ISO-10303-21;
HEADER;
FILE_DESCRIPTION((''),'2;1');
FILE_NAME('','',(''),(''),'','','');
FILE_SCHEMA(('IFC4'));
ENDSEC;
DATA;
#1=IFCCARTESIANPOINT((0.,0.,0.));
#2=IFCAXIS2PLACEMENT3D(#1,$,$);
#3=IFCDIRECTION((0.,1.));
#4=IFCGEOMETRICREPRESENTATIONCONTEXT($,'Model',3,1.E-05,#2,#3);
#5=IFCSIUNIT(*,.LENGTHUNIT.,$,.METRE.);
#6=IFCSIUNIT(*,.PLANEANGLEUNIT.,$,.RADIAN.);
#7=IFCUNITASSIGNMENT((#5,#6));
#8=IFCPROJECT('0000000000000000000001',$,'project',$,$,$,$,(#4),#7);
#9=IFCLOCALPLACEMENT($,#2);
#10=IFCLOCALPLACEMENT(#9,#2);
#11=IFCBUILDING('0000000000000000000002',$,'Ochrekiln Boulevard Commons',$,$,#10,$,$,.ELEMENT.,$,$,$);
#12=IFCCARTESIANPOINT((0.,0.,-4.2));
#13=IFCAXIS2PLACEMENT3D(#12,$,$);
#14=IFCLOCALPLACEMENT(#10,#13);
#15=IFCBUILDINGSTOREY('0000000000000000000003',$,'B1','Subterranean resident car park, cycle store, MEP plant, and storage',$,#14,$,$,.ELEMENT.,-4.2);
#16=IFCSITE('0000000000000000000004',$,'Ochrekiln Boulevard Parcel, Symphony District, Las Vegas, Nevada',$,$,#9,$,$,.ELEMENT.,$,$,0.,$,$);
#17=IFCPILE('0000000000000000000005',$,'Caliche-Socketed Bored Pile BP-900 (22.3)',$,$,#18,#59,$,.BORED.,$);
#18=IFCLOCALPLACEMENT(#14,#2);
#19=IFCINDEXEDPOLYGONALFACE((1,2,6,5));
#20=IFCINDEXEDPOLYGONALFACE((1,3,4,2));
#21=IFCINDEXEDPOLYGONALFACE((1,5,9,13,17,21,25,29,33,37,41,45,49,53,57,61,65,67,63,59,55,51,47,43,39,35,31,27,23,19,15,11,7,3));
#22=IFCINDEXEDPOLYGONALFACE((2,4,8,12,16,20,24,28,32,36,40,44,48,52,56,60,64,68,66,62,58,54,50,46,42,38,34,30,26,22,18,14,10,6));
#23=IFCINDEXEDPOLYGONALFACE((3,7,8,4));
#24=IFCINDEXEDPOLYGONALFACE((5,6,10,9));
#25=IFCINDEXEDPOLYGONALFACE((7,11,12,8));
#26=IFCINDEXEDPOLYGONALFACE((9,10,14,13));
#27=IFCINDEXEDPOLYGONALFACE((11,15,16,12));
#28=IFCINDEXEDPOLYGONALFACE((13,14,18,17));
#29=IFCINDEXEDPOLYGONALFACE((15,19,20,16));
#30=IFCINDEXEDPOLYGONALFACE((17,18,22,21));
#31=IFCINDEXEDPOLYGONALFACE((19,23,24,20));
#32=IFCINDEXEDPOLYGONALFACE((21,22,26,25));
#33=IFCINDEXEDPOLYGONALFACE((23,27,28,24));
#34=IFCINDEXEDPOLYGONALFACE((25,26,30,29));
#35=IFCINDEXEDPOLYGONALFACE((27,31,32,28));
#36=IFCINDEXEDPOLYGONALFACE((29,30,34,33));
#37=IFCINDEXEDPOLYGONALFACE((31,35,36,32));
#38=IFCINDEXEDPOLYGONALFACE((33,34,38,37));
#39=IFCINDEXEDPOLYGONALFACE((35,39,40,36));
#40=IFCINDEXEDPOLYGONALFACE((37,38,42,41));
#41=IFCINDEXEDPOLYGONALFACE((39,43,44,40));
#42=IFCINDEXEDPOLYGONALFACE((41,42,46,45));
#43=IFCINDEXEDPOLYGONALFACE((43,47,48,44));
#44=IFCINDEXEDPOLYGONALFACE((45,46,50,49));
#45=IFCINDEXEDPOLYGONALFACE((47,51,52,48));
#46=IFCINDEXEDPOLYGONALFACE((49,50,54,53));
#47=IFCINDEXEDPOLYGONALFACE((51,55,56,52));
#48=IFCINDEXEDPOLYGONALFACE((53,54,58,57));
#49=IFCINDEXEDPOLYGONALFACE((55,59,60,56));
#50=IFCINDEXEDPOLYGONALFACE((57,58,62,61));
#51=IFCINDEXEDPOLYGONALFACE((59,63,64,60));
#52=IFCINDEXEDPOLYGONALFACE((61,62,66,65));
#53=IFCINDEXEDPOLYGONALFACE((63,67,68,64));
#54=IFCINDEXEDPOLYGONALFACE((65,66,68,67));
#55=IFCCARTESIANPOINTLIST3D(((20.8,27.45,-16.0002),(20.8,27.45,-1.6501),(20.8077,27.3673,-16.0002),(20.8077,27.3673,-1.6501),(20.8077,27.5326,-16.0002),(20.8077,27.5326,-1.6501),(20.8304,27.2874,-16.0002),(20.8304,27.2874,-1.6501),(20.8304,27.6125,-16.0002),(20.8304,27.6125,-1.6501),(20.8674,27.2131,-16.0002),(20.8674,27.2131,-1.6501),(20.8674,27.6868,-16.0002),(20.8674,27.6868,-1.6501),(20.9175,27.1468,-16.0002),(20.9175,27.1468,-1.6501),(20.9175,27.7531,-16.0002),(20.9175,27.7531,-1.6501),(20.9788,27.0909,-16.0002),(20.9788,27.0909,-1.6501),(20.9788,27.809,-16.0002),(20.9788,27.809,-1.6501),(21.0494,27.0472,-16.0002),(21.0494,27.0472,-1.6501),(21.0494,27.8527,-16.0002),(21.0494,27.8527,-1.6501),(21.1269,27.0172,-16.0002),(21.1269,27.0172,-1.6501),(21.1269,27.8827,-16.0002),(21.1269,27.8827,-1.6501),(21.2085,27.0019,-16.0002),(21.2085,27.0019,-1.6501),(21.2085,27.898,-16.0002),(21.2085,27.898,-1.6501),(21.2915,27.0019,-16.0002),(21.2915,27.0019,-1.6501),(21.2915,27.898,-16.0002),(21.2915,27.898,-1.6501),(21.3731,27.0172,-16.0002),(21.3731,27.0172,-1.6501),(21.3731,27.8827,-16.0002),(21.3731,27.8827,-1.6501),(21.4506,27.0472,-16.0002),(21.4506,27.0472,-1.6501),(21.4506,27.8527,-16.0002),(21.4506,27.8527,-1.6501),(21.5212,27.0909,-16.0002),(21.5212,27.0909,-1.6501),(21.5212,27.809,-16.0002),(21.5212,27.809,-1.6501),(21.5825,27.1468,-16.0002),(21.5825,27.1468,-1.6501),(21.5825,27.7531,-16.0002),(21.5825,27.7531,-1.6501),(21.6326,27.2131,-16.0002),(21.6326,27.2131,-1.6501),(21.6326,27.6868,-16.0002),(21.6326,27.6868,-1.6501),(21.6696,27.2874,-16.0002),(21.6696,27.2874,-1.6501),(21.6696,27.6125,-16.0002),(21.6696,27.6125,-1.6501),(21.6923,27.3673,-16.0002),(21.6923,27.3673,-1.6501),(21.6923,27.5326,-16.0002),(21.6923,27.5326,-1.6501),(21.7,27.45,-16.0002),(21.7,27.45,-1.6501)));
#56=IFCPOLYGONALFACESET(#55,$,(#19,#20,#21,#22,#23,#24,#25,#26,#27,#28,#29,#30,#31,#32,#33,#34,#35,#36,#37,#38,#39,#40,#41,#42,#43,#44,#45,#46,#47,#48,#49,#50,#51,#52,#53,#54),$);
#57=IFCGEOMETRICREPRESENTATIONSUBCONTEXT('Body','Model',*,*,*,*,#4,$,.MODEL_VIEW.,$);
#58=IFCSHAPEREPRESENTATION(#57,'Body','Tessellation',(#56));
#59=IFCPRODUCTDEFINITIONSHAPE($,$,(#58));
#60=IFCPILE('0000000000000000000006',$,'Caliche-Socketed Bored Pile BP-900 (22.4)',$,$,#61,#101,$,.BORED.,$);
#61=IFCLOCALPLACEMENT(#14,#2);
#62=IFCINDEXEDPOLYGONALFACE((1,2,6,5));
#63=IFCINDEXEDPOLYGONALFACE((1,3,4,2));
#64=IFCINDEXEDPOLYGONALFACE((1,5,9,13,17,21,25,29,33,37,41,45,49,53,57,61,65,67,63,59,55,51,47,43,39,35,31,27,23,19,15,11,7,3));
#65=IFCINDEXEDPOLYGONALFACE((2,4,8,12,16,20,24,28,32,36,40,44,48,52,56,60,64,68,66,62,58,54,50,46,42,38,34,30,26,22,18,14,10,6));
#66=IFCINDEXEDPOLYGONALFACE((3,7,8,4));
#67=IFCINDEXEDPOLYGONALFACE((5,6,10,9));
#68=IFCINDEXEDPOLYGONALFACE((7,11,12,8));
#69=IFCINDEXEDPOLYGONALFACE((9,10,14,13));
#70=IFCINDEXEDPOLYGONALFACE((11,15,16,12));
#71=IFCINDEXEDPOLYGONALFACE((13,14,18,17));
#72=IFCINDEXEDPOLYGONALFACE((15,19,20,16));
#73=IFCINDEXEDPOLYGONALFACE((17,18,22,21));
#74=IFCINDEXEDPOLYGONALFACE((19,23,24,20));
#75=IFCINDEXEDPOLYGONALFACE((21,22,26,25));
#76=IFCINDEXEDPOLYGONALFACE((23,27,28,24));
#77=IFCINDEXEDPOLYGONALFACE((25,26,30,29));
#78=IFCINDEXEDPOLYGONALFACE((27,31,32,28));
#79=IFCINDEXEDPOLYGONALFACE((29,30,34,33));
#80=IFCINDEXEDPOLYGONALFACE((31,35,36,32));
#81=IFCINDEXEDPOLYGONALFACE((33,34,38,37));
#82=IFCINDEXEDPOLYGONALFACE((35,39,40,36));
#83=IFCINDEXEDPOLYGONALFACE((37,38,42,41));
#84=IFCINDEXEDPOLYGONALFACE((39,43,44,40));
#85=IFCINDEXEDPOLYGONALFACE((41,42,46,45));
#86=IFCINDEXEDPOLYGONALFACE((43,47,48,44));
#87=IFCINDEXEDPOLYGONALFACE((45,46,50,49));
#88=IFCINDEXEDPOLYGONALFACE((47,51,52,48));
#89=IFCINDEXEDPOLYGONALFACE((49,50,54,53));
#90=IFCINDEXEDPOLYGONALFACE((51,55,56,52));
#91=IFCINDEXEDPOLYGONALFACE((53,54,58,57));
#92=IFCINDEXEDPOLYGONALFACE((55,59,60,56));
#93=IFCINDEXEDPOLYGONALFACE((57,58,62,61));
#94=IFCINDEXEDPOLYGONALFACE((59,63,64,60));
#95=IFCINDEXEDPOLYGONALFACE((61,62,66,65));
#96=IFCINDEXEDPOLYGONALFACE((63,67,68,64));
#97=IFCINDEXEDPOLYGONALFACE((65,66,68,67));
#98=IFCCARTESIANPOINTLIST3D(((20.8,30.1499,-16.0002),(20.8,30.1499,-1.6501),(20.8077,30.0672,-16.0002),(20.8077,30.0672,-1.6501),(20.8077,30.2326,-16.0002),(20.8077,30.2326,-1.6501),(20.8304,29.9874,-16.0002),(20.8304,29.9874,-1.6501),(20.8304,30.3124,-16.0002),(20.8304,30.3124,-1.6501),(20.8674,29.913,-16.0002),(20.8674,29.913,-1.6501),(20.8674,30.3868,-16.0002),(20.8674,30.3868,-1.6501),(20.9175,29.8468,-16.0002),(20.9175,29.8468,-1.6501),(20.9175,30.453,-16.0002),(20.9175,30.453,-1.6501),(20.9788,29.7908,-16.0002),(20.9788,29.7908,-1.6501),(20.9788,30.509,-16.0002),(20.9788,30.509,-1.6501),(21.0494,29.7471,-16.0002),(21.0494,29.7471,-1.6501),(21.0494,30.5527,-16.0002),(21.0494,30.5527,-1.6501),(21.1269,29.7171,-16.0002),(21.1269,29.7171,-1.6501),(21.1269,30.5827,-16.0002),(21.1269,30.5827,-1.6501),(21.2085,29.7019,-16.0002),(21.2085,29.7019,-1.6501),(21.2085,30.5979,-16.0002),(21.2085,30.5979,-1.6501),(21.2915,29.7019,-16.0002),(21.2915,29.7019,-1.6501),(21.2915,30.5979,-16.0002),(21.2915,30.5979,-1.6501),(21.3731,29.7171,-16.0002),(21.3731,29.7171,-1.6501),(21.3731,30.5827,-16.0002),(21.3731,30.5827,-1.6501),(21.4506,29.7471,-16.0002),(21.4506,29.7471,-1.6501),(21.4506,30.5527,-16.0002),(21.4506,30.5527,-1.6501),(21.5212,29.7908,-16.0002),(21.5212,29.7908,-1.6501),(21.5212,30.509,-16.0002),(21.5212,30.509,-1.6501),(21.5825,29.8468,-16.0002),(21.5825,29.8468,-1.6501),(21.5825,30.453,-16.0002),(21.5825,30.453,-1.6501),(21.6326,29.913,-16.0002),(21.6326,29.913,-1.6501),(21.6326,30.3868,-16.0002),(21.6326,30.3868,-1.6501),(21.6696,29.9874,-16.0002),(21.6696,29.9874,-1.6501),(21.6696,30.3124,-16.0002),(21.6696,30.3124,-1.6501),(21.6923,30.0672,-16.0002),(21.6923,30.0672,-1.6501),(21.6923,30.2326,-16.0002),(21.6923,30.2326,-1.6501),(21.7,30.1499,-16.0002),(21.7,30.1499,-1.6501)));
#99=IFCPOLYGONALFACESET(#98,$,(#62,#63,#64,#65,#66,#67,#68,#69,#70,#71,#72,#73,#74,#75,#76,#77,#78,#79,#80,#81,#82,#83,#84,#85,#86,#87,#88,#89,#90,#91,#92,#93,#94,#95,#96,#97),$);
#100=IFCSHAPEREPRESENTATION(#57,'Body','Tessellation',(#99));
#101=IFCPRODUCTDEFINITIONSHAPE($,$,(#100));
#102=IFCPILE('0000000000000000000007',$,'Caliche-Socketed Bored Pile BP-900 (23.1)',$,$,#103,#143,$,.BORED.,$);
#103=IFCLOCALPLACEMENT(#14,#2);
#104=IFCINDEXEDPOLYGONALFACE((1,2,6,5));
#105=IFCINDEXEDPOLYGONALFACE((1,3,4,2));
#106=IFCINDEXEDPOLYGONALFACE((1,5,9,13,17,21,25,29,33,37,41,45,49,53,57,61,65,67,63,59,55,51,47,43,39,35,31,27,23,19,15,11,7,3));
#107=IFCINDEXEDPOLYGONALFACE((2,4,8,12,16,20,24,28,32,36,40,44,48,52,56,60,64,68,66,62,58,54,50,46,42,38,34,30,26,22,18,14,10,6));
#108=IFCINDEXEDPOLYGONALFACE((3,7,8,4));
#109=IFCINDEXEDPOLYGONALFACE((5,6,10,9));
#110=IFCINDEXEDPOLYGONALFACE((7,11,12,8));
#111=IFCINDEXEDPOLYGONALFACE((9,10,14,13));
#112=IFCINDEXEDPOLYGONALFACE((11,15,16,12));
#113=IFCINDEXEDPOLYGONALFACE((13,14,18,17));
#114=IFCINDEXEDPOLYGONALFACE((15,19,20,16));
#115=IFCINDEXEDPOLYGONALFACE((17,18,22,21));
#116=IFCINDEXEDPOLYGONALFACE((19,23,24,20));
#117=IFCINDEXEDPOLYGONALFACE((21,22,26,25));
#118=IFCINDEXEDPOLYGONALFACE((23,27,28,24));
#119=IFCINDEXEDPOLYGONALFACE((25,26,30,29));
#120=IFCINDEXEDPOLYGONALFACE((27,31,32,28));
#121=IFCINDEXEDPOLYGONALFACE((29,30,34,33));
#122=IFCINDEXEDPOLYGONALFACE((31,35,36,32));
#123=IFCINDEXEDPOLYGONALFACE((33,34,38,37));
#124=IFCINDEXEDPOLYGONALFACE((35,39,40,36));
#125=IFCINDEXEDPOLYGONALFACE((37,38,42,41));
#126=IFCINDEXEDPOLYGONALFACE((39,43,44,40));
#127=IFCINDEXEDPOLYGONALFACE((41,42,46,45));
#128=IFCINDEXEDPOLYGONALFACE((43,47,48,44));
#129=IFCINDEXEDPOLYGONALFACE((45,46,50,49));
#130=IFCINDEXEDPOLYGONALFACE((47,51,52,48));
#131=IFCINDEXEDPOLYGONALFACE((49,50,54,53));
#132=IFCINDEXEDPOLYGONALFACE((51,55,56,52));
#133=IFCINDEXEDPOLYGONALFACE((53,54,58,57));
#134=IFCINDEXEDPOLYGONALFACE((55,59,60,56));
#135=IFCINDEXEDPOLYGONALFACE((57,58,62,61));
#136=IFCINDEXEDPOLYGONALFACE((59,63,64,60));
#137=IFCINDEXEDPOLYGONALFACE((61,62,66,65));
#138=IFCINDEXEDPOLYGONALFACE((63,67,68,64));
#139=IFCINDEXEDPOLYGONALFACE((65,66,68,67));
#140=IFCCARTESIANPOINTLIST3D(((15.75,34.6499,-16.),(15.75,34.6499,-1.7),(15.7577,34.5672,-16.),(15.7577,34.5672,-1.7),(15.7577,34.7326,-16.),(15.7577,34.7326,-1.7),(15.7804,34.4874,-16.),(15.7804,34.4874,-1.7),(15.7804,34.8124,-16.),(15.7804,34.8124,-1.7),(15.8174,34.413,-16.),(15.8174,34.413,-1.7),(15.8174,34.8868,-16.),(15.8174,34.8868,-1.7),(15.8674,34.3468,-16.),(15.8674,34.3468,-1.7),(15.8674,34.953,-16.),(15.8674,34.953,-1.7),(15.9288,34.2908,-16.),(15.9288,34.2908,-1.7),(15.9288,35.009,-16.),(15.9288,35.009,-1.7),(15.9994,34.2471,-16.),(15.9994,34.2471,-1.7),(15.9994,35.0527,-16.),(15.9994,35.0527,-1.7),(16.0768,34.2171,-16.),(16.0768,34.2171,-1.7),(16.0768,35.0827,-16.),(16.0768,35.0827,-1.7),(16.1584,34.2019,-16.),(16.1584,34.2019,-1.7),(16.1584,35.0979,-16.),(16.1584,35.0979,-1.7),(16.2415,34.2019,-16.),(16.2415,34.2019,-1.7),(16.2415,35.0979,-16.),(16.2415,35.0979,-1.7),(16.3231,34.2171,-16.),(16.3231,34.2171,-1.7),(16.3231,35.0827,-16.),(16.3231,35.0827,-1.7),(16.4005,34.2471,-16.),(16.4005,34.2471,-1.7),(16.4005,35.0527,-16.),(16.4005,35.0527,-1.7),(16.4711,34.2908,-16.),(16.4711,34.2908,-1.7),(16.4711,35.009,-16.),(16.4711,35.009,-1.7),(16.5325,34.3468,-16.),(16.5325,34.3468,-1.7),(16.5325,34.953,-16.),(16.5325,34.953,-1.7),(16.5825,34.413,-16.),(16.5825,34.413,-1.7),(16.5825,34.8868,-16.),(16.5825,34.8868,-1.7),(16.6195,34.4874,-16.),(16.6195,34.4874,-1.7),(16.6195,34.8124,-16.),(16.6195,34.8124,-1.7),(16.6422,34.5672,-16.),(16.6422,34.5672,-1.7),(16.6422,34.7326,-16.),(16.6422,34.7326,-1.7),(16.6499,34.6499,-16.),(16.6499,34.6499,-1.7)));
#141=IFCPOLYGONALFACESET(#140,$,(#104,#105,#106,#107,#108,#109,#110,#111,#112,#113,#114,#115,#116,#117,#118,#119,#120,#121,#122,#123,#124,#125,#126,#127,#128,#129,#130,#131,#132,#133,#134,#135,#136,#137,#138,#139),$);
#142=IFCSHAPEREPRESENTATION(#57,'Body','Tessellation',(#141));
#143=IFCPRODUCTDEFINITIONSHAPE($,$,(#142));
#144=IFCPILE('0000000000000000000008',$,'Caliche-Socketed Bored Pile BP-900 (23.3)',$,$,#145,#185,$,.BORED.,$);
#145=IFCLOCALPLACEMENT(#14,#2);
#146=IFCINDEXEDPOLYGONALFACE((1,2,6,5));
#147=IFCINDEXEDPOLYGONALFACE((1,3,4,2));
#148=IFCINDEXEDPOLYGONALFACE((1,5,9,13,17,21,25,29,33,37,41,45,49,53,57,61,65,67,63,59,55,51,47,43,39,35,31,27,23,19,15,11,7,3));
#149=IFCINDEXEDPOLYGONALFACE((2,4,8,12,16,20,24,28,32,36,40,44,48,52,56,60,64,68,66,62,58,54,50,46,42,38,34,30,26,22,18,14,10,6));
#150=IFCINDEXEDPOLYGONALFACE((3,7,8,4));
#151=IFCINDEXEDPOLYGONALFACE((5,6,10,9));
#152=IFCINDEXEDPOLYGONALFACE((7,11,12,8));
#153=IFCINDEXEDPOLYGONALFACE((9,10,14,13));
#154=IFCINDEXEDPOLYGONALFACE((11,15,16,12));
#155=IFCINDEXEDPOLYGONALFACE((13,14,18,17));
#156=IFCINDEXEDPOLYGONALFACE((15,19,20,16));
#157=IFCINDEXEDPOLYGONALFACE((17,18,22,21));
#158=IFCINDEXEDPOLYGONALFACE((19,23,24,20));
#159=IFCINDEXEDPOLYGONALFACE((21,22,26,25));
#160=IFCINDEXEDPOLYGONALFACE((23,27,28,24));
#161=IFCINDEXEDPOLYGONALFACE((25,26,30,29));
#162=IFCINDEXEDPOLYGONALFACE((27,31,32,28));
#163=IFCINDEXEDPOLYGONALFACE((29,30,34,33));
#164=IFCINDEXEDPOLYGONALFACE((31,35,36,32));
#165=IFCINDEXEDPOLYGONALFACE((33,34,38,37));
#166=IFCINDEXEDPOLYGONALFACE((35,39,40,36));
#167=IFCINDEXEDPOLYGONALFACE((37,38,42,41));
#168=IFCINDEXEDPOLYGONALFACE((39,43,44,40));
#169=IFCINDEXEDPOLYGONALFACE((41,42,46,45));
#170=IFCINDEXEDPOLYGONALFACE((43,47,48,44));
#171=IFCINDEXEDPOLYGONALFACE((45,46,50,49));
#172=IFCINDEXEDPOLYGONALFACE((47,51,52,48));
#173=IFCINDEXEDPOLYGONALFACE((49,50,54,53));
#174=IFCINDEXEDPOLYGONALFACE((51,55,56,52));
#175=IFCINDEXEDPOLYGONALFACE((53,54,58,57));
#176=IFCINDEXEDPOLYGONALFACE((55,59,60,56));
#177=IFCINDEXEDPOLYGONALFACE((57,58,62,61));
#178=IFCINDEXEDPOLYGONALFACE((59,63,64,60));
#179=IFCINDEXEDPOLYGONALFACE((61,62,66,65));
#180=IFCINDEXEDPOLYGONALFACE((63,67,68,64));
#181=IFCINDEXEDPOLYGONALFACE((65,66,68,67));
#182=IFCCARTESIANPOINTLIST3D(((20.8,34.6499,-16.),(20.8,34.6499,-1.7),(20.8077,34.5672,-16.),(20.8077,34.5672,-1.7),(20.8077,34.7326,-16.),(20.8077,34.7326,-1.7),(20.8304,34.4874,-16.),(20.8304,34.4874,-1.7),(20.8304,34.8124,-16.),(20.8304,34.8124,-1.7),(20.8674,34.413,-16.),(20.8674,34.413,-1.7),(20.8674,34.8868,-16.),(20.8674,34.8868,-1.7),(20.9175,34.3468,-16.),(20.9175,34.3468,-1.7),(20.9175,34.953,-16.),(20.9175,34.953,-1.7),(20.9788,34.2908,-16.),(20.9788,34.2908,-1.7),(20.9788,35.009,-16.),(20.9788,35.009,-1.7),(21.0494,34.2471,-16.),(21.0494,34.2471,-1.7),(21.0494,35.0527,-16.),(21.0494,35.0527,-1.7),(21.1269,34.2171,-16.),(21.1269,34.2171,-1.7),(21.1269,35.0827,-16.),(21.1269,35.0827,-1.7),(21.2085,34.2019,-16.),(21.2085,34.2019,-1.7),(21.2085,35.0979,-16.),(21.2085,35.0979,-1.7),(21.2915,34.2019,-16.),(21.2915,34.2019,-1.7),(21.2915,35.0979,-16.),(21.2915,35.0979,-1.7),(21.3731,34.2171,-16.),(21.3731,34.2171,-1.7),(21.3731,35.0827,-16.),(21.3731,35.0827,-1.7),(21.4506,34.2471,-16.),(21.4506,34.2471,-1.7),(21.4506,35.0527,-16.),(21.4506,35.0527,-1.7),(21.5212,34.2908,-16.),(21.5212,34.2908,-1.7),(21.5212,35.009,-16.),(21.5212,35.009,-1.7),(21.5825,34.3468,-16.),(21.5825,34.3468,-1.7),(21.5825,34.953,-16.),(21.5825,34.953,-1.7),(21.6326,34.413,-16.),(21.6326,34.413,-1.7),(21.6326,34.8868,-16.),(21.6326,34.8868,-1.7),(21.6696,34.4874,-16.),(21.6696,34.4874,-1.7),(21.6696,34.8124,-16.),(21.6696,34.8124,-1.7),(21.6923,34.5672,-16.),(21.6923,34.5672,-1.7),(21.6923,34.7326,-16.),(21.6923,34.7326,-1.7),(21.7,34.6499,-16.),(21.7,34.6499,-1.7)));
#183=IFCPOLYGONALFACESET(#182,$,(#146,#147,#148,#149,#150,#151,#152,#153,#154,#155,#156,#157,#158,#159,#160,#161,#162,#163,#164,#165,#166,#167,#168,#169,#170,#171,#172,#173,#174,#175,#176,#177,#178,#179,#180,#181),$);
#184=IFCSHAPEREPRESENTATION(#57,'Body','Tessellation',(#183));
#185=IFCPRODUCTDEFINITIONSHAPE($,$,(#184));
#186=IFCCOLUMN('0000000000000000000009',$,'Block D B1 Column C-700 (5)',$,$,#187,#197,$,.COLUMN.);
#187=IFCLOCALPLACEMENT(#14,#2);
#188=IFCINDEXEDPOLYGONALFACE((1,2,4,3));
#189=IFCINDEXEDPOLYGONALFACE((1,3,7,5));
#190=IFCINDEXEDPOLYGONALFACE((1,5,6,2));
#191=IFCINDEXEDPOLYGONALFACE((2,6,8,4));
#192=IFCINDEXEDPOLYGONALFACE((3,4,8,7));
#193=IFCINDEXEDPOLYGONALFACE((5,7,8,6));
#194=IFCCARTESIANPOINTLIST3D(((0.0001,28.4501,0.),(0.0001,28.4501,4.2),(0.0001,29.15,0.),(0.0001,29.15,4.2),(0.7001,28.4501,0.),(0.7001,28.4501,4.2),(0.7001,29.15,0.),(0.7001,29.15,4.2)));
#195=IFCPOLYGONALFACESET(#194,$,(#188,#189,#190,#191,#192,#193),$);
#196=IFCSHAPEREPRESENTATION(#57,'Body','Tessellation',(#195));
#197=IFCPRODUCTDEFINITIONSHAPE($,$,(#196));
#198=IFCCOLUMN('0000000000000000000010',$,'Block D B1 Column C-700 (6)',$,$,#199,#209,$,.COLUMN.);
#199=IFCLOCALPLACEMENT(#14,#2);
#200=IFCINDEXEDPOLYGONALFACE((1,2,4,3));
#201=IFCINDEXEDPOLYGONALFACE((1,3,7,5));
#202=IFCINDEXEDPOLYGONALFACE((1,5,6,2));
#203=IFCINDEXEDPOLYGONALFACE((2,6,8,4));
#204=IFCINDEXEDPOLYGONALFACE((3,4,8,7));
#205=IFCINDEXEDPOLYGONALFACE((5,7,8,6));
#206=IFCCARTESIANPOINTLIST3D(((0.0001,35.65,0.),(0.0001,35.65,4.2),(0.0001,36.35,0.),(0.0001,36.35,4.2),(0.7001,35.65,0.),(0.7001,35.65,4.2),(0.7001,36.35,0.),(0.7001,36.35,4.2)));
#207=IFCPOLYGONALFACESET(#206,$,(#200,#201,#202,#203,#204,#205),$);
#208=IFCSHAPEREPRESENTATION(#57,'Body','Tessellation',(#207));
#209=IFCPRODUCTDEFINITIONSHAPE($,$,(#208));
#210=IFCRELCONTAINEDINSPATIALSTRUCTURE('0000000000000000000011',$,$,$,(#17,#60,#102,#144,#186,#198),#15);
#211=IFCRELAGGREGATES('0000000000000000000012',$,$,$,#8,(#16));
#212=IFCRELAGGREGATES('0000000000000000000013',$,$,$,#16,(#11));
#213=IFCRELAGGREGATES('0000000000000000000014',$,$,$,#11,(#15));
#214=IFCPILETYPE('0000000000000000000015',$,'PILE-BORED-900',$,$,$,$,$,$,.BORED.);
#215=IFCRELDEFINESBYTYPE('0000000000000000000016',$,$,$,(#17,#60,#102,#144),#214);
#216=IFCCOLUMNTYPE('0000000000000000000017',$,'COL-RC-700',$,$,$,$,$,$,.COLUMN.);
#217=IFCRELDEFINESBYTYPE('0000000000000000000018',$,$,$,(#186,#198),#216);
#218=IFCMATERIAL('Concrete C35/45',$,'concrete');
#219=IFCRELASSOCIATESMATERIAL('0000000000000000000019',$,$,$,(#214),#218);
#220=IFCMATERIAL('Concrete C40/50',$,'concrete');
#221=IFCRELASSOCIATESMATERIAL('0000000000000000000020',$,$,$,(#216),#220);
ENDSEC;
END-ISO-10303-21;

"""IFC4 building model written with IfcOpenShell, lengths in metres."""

from ifc_helpers import new_model, si_unit, direction, frame, origin, origin_2d, place, context, subcontext, project, spatial, rectangle, circle, extrude, material, material_profile, profile_set, type_object, element, save


model = new_model("IFC4")

# Units and contexts
model_context = context("Model", 3, precision=1e-05, world=origin(), true_north=direction((0.0, 1.0)))
body_context = subcontext(model_context, "Body", "Model", "MODEL_VIEW")
ifc_project = project(units=[si_unit("LENGTHUNIT", "METRE"), si_unit("PLANEANGLEUNIT", "RADIAN")], contexts=[model_context])

# Site, building, storey
site_placement = place(None, origin())
site = spatial("IfcSite", under=ifc_project, at=site_placement, Name="Ochrekiln Boulevard Parcel, Symphony District, Las Vegas, Nevada", CompositionType="ELEMENT", RefElevation=0.0)
building_placement = place(site_placement, origin())
building = spatial("IfcBuilding", under=site, at=building_placement, Name="Ochrekiln Boulevard Commons", CompositionType="ELEMENT")
storey_placement = place(building_placement, frame((0.0, 0.0, -4.2)))
storey = spatial("IfcBuildingStorey", under=building, at=storey_placement, Name="B1", Description="Subterranean resident car park, cycle store, MEP plant, and storage", CompositionType="ELEMENT", Elevation=-4.2)

# Shared definitions
ifc_material_1 = material(Name="Concrete C35/45", Category="concrete")

# Piles
ifc_material_profile_1 = material_profile(ifc_material_1, circle(Radius=0.45, at=origin_2d()), Name="PILE-D900")
ifc_profile_set_1 = profile_set([ifc_material_profile_1], Name="Concrete C35/45")
pile_type = type_object("IfcPileType", Name="PILE-BORED-900", PredefinedType="BORED", material=ifc_profile_set_1)
for number, where, z_axis, x_axis, name in (
    (1, (21.25, 27.45, -1.6501), (0.0, 0.0, -1.0), (1.0, 0.0, 0.0), "Caliche-Socketed Bored Pile BP-900 (22.3)"),
    (2, (21.25, 30.1499, -1.6501), (0.0, 0.0, -1.0), (1.0, 0.0, 0.0), "Caliche-Socketed Bored Pile BP-900 (22.4)"),
):
    element("IfcPile", number, at=place(storey_placement, frame(where, z_axis=z_axis, x_axis=x_axis)), inside=storey, type_object=pile_type, Name=name, PredefinedType="BORED", context=body_context, shape_type="SweptSolid", body=[
        extrude(circle(Radius=0.45, at=origin_2d()), origin(), (0.0, 0.0, 1.0), 14.3501),
    ])
for number, where, z_axis, x_axis, name in (
    (3, (16.2, 34.6499, -1.7), (0.0, 0.0, -1.0), (1.0, 0.0, 0.0), "Caliche-Socketed Bored Pile BP-900 (23.1)"),
    (4, (21.25, 34.6499, -1.7), (0.0, 0.0, -1.0), (1.0, 0.0, 0.0), "Caliche-Socketed Bored Pile BP-900 (23.3)"),
):
    element("IfcPile", number, at=place(storey_placement, frame(where, z_axis=z_axis, x_axis=x_axis)), inside=storey, type_object=pile_type, Name=name, PredefinedType="BORED", context=body_context, shape_type="SweptSolid", body=[
        extrude(circle(Radius=0.45, at=origin_2d()), origin(), (0.0, 0.0, 1.0), 14.3),
    ])

# Columns
ifc_material_2 = material(Name="Concrete C40/50", Category="concrete")
ifc_material_profile_2 = material_profile(ifc_material_2, rectangle(XDim=0.7, YDim=0.7, at=origin_2d()), Name="RC-COL-700x700")
ifc_profile_set_2 = profile_set([ifc_material_profile_2], Name="Concrete C40/50")
column_type_1 = type_object("IfcColumnType", Name="COL-RC-700", PredefinedType="COLUMN", material=ifc_profile_set_2)
for number, where, z_axis, x_axis, name in (
    (5, (0.3501, 28.8, 0.0), (0.0, 0.0, 1.0), (1.0, 0.0, 0.0), "Block D B1 Column C-700 (5)"),
    (6, (0.3501, 36.0, 0.0), (0.0, 0.0, 1.0), (1.0, 0.0, 0.0), "Block D B1 Column C-700 (6)"),
):
    element("IfcColumn", number, at=place(storey_placement, frame(where, z_axis=z_axis, x_axis=x_axis)), inside=storey, type_object=column_type_1, Name=name, PredefinedType="COLUMN", context=body_context, shape_type="SweptSolid", body=[
        extrude(rectangle(XDim=0.7, YDim=0.7, at=origin_2d()), origin(), (0.0, 0.0, 1.0), 4.2),
    ])

save(model, "model.ifc")
